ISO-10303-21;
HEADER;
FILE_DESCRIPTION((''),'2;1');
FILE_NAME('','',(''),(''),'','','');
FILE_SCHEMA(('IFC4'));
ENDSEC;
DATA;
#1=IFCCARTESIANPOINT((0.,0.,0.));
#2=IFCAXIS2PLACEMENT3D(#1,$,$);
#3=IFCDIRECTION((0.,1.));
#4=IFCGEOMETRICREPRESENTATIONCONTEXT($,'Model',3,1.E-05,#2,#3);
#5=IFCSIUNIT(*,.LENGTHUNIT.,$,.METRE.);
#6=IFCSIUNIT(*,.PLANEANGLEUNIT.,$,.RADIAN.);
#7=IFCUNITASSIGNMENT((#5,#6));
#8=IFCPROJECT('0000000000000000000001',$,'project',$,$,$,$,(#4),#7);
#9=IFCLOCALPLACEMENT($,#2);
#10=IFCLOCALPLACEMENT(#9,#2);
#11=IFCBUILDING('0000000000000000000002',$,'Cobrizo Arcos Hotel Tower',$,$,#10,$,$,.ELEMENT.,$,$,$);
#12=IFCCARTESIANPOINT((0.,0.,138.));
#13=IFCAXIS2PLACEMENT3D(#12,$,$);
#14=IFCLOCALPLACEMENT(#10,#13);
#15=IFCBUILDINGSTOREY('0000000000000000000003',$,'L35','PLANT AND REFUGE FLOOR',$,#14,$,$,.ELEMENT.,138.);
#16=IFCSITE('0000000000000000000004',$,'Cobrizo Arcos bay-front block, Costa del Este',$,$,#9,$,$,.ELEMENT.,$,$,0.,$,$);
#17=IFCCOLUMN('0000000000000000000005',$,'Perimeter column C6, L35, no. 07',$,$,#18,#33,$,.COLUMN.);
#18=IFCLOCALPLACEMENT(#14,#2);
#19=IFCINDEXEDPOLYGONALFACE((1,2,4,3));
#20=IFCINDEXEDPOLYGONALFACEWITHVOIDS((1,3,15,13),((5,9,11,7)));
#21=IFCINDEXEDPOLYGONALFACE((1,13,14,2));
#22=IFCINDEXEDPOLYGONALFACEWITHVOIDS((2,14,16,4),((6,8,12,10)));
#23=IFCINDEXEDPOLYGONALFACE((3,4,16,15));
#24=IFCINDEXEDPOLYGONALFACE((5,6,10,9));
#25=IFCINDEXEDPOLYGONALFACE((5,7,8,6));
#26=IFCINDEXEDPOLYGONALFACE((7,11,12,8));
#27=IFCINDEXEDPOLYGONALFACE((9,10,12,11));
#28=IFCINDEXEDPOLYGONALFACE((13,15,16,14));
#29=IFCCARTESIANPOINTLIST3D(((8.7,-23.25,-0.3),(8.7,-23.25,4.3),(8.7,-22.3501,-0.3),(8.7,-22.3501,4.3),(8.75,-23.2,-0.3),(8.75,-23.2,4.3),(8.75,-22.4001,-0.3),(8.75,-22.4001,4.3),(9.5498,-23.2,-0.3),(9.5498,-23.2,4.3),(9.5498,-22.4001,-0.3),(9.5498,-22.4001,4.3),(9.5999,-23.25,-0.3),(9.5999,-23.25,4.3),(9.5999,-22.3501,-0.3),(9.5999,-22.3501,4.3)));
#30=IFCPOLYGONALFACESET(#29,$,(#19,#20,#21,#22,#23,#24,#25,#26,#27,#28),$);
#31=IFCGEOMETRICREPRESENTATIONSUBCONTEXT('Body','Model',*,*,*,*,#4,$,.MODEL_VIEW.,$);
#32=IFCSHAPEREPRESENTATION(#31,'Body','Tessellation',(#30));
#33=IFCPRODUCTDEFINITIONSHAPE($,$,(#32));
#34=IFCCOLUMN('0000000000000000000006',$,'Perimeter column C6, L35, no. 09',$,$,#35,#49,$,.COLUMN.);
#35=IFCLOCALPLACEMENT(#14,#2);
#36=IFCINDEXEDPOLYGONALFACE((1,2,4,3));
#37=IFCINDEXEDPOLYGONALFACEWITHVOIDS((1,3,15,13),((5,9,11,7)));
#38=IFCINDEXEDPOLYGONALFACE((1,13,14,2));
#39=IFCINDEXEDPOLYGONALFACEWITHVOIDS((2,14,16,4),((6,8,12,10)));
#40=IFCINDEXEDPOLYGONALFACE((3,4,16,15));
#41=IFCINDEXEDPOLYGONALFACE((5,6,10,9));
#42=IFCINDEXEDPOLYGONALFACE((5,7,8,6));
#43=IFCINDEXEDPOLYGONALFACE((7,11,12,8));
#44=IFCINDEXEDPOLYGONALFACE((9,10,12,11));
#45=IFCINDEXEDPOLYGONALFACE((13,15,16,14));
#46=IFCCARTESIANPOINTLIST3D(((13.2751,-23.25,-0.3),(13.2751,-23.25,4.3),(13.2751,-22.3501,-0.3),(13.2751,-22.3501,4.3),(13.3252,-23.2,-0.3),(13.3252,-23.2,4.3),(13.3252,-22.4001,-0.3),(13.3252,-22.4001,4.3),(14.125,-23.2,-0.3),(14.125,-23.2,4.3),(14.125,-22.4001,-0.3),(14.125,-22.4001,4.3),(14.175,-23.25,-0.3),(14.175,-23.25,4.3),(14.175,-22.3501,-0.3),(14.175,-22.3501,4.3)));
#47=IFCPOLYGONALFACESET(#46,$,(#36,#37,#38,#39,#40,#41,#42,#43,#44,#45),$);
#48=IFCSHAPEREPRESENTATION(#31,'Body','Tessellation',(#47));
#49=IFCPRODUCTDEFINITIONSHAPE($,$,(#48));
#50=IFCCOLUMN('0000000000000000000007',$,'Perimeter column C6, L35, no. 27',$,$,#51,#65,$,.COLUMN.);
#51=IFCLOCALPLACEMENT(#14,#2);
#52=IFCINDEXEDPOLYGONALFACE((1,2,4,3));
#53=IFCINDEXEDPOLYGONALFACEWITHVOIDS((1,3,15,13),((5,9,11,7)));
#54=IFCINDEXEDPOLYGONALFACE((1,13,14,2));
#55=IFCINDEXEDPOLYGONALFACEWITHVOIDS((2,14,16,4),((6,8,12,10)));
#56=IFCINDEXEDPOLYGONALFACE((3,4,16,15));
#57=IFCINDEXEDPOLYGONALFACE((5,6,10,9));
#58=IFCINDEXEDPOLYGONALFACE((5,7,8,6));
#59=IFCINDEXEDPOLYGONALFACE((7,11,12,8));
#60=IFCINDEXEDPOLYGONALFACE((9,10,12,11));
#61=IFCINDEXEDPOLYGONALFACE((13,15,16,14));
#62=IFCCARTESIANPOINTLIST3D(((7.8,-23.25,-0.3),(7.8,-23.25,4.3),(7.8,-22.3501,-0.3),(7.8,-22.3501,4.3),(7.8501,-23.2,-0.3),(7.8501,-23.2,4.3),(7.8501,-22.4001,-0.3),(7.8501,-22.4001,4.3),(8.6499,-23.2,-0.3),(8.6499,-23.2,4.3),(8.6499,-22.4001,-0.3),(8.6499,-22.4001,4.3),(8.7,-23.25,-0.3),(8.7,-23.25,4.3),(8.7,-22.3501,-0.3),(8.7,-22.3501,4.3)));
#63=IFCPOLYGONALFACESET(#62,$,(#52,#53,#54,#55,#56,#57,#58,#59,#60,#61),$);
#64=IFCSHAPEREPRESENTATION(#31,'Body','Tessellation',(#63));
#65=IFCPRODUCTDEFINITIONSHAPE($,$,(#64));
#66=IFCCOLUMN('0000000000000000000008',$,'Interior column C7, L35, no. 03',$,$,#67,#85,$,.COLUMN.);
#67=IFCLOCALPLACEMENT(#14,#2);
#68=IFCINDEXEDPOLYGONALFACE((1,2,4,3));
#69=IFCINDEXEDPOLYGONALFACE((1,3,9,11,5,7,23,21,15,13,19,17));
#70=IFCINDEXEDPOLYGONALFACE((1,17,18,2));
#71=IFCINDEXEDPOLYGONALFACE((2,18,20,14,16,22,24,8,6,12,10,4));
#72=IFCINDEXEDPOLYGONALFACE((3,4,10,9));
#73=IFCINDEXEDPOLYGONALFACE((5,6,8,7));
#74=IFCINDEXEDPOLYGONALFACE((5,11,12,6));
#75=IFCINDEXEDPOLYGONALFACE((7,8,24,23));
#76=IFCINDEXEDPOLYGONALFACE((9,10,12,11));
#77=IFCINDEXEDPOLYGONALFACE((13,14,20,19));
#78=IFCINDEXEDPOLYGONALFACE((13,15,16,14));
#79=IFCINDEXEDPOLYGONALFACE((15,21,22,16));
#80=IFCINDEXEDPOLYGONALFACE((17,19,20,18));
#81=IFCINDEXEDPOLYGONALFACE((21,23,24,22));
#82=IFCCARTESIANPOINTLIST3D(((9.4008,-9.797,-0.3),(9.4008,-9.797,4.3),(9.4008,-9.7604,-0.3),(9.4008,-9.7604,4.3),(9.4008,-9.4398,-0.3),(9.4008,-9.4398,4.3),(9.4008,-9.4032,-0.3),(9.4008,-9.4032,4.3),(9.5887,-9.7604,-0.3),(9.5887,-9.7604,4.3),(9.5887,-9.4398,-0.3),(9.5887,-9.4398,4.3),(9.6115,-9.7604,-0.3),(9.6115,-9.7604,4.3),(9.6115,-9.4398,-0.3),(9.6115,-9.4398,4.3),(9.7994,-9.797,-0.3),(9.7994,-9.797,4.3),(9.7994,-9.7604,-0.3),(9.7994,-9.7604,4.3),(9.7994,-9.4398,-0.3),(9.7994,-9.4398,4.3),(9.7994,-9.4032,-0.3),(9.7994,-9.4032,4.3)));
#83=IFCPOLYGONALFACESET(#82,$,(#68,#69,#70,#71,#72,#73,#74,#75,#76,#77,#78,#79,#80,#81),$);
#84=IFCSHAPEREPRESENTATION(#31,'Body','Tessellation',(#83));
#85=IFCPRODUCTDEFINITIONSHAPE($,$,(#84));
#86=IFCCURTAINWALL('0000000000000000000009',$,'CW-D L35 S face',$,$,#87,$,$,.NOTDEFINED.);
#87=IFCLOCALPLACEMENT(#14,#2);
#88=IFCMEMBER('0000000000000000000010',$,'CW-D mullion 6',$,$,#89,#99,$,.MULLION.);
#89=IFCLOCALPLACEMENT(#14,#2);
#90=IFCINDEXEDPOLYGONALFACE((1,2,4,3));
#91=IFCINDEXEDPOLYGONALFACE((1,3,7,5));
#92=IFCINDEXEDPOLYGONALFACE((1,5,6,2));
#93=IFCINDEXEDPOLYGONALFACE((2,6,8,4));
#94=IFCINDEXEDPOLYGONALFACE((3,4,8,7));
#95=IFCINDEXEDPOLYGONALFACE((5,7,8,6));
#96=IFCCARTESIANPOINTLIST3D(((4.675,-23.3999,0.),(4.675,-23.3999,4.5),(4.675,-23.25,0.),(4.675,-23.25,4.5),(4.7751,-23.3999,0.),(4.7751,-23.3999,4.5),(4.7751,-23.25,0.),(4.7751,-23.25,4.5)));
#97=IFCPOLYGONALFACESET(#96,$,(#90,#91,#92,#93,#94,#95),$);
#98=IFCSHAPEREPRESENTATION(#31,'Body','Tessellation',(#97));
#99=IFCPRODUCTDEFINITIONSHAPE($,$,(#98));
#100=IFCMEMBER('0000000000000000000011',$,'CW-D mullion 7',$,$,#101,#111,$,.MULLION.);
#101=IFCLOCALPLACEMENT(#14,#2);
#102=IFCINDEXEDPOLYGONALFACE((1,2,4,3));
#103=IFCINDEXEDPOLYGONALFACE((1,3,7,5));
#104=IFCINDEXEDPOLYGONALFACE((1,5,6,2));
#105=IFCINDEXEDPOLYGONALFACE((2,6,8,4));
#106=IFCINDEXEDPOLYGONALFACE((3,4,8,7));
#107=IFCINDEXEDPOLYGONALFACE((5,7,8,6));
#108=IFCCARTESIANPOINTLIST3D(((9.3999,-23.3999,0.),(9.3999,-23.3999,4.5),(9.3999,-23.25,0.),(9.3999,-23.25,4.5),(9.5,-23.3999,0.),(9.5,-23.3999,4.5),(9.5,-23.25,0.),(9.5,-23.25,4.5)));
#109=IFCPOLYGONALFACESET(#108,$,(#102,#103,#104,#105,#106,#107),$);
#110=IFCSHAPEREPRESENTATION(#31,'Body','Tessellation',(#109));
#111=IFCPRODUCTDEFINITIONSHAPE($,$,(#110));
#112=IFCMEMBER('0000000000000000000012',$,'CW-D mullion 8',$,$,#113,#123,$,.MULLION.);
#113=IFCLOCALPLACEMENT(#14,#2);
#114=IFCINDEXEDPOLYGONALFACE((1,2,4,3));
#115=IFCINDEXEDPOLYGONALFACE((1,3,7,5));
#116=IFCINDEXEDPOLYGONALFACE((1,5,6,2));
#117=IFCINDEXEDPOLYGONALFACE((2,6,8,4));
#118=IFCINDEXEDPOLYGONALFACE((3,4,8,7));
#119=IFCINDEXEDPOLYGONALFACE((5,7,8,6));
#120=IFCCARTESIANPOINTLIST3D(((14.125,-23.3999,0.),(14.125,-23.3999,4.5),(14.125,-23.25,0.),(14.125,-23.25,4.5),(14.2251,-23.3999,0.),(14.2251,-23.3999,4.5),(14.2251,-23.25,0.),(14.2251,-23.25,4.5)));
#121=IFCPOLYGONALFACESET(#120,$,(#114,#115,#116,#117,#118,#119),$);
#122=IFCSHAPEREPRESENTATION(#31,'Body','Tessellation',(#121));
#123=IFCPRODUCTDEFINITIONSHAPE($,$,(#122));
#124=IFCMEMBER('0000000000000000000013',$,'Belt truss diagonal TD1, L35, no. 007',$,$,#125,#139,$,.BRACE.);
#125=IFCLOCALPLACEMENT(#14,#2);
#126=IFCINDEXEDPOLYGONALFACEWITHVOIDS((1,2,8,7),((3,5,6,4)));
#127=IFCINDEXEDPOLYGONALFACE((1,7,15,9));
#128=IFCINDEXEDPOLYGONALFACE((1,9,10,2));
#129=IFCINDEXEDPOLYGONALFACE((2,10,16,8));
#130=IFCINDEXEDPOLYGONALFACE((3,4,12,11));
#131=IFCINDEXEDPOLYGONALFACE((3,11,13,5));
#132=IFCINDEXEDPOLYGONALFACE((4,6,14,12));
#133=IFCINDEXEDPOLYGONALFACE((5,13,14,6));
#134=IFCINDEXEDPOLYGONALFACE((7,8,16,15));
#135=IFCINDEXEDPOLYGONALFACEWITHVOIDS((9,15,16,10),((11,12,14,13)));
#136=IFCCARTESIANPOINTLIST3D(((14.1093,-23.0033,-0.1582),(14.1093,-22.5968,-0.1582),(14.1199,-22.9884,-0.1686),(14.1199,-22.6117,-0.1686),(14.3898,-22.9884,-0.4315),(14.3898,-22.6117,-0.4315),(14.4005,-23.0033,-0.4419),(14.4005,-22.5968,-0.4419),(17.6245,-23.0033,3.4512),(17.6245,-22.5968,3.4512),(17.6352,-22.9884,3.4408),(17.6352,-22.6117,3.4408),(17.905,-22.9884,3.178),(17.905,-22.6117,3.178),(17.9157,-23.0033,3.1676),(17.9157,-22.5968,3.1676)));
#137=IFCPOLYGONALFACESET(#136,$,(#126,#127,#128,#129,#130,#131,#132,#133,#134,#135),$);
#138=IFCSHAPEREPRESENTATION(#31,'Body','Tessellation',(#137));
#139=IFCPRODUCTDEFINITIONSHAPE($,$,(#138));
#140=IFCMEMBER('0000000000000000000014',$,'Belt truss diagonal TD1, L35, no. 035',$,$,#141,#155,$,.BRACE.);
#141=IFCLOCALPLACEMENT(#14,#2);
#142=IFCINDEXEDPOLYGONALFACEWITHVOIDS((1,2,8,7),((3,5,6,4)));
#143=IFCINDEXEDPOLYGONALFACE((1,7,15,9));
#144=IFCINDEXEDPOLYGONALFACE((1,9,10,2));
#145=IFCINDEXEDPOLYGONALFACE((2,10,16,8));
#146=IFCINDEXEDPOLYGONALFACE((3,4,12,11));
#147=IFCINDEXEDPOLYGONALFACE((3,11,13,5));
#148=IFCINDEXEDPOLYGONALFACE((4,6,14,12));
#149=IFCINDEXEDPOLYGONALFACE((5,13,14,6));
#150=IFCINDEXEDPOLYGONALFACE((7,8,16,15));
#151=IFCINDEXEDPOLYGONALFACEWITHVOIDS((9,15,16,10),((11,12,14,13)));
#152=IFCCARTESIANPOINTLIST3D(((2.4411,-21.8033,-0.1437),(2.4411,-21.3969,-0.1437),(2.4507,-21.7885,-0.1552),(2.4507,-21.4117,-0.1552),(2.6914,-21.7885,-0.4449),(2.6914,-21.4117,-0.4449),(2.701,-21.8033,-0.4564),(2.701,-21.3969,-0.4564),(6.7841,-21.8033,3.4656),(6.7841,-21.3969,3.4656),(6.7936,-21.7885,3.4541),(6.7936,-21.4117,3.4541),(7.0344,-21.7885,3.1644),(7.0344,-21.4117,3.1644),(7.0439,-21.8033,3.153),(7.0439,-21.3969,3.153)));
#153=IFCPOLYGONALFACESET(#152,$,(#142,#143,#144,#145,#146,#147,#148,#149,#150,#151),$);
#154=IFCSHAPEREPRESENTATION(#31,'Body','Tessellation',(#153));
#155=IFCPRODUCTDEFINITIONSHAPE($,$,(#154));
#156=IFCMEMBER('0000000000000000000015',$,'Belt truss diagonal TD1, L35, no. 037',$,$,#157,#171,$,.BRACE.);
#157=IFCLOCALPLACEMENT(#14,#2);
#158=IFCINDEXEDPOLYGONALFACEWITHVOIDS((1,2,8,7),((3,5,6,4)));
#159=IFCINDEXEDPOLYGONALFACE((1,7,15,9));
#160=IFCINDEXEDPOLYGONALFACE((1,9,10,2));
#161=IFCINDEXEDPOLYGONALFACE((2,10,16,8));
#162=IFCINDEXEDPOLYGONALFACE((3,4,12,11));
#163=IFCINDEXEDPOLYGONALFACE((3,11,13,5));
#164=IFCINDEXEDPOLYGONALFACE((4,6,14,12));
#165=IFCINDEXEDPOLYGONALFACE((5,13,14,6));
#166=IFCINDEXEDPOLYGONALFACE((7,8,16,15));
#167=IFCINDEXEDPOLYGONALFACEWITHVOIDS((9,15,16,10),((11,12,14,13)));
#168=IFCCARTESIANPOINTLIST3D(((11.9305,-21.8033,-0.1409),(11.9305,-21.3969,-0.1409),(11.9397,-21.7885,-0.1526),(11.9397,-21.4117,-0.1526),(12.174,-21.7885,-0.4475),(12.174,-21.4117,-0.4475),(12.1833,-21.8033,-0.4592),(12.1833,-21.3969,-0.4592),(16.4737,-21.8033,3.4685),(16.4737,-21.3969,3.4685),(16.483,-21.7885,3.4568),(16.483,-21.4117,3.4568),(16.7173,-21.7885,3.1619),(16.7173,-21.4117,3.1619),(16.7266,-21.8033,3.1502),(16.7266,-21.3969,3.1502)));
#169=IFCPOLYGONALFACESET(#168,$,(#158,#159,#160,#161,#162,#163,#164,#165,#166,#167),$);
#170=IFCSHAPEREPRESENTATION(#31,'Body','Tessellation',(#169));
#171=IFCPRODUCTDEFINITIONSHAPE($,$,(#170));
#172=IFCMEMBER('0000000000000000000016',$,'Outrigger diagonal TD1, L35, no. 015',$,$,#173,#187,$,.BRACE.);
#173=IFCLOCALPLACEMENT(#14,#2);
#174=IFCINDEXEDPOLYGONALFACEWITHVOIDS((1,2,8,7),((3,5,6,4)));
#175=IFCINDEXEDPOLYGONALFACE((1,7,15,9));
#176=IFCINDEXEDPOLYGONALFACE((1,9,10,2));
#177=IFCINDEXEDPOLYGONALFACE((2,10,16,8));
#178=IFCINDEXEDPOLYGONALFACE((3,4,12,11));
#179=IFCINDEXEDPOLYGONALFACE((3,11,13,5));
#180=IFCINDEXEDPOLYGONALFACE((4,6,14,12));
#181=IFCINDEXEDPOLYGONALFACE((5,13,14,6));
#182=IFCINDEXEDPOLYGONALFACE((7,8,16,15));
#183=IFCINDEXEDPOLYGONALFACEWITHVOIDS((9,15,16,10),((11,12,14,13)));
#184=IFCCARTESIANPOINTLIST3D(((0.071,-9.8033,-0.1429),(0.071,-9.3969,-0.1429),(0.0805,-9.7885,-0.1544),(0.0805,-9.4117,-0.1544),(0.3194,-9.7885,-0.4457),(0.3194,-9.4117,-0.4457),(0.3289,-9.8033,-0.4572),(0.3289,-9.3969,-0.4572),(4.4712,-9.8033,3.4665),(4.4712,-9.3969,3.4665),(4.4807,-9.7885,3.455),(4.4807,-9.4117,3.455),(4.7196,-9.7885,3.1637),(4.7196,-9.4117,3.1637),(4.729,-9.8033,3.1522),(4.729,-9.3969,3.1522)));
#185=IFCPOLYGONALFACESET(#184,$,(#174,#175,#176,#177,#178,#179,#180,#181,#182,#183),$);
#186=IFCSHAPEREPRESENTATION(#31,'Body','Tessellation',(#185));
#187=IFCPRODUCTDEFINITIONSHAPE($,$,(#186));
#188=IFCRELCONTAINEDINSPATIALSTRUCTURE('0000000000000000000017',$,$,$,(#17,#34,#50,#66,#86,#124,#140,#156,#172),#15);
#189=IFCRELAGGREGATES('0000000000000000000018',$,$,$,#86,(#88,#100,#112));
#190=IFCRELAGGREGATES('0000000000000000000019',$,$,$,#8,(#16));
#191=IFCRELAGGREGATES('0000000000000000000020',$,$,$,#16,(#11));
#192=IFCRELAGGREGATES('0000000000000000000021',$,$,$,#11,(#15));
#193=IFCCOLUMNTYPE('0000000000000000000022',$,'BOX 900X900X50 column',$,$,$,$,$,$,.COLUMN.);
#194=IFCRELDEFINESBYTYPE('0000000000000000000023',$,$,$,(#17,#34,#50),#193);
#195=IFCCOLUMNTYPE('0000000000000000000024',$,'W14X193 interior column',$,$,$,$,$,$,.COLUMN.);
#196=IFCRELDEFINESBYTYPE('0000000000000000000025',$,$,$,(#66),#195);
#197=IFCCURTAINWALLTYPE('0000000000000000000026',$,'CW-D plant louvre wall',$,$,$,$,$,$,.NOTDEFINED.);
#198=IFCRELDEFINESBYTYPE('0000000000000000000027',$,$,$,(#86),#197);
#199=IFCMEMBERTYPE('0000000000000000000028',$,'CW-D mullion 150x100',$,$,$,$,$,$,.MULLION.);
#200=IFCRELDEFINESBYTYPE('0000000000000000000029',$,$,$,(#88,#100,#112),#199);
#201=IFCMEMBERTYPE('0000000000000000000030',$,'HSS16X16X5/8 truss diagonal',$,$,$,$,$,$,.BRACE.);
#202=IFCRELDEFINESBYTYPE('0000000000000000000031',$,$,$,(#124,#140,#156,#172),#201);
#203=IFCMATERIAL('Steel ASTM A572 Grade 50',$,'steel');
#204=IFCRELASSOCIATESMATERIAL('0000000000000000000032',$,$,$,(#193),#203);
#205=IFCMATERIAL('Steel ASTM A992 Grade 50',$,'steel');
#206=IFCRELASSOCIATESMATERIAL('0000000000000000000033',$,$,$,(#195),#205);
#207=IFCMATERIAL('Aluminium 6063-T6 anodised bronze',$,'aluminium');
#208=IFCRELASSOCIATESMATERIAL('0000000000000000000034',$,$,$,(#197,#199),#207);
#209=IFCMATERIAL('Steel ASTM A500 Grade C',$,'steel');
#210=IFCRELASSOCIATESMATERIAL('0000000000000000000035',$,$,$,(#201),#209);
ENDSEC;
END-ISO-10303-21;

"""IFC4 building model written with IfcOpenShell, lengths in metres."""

from ifc_helpers import new_model, si_unit, direction, frame, origin, origin_2d, place, context, subcontext, project, spatial, rectangle, hollow_rectangle, i_section, extrude, material, material_profile, profile_set, type_object, element, aggregate, save


model = new_model("IFC4")

# Units and contexts
model_context = context("Model", 3, precision=1e-05, world=origin(), true_north=direction((0.0, 1.0)))
body_context = subcontext(model_context, "Body", "Model", "MODEL_VIEW")
ifc_project = project(units=[si_unit("LENGTHUNIT", "METRE"), si_unit("PLANEANGLEUNIT", "RADIAN")], contexts=[model_context])

# Site, building, storey
site_placement = place(None, origin())
site = spatial("IfcSite", under=ifc_project, at=site_placement, Name="Cobrizo Arcos bay-front block, Costa del Este", CompositionType="ELEMENT", RefElevation=0.0)
building_placement = place(site_placement, origin())
building = spatial("IfcBuilding", under=site, at=building_placement, Name="Cobrizo Arcos Hotel Tower", CompositionType="ELEMENT")
storey_placement = place(building_placement, frame((0.0, 0.0, 138.0)))
storey = spatial("IfcBuildingStorey", under=building, at=storey_placement, Name="L35", Description="PLANT AND REFUGE FLOOR", CompositionType="ELEMENT", Elevation=138.0)

# Columns
ifc_material_1 = material(Name="Steel ASTM A572 Grade 50", Category="steel")
ifc_material_profile_1 = material_profile(ifc_material_1, hollow_rectangle(XDim=0.8999, YDim=0.8999, WallThickness=0.05, at=origin_2d()), Name="BOX 900X900X50")
ifc_profile_set_1 = profile_set([ifc_material_profile_1], Name="Steel ASTM A572 Grade 50")
column_type_1 = type_object("IfcColumnType", Name="BOX 900X900X50 column", PredefinedType="COLUMN", material=ifc_profile_set_1)
for number, where, z_axis, x_axis, name in (
    (1, (9.1499, -22.8, -0.3), (0.0, 0.0, 1.0), (1.0, 0.0, 0.0), "Perimeter column C6, L35, no. 07"),
    (2, (13.7251, -22.8, -0.3), (0.0, 0.0, 1.0), (1.0, 0.0, 0.0), "Perimeter column C6, L35, no. 09"),
    (3, (8.25, -22.8, -0.3), (0.0, 0.0, 1.0), (1.0, 0.0, 0.0), "Perimeter column C6, L35, no. 27"),
):
    element("IfcColumn", number, at=place(storey_placement, frame(where, z_axis=z_axis, x_axis=x_axis)), inside=storey, type_object=column_type_1, Name=name, PredefinedType="COLUMN", context=body_context, shape_type="SweptSolid", body=[
        extrude(hollow_rectangle(XDim=0.8999, YDim=0.8999, WallThickness=0.05, at=origin_2d()), origin(), (0.0, 0.0, 1.0), 4.6001),
    ])
ifc_material_2 = material(Name="Steel ASTM A992 Grade 50", Category="steel")
ifc_material_profile_2 = material_profile(ifc_material_2, i_section(OverallWidth=0.3987, OverallDepth=0.3938, WebThickness=0.0227, FlangeThickness=0.0366, at=origin_2d()), Name="W14X193")
ifc_profile_set_2 = profile_set([ifc_material_profile_2], Name="Steel ASTM A992 Grade 50")
column_type_2 = type_object("IfcColumnType", Name="W14X193 interior column", PredefinedType="COLUMN", material=ifc_profile_set_2)
column_placement = place(storey_placement, frame((9.6001, -9.6001, -0.3), z_axis=(0.0, 0.0, 1.0), x_axis=(1.0, 0.0, 0.0)))
element("IfcColumn", 4, at=column_placement, inside=storey, type_object=column_type_2, Name="Interior column C7, L35, no. 03", PredefinedType="COLUMN", context=body_context, shape_type="SweptSolid", body=[
    extrude(i_section(OverallWidth=0.3987, OverallDepth=0.3938, WebThickness=0.0227, FlangeThickness=0.0366, at=origin_2d()), origin(), (0.0, 0.0, 1.0), 4.6001),
])

# Curtain wall, members
ifc_material_3 = material(Name="Aluminium 6063-T6 anodised bronze", Category="aluminium")
curtain_wall_type = type_object("IfcCurtainWallType", Name="CW-D plant louvre wall", PredefinedType="NOTDEFINED", material=ifc_material_3)
curtain_wall_placement = place(storey_placement, origin())
curtain_wall = element("IfcCurtainWall", 5, at=curtain_wall_placement, inside=storey, type_object=curtain_wall_type, Name="CW-D L35 S face", PredefinedType="NOTDEFINED")
ifc_material_profile_3 = material_profile(ifc_material_3, rectangle(XDim=0.1499, YDim=0.1001, at=origin_2d()), Name="CW-D mullion 150x100")
ifc_profile_set_3 = profile_set([ifc_material_profile_3], Name="Aluminium 6063-T6 anodised bronze")
member_type_1 = type_object("IfcMemberType", Name="CW-D mullion 150x100", PredefinedType="MULLION", material=ifc_profile_set_3)
member_1_placement = place(storey_placement, frame((4.7251, -23.325, 0.0), z_axis=(0.0, 0.0, 1.0), x_axis=(0.0, -1.0, 0.0)))
member_1 = element("IfcMember", 6, at=member_1_placement, type_object=member_type_1, Name="CW-D mullion 6", PredefinedType="MULLION", context=body_context, shape_type="SweptSolid", body=[
    extrude(rectangle(XDim=0.1499, YDim=0.1001, at=origin_2d()), origin(), (0.0, 0.0, 1.0), 4.5),
])
member_2_placement = place(storey_placement, frame((9.45, -23.325, 0.0), z_axis=(0.0, 0.0, 1.0), x_axis=(0.0, -1.0, 0.0)))
member_2 = element("IfcMember", 7, at=member_2_placement, type_object=member_type_1, Name="CW-D mullion 7", PredefinedType="MULLION", context=body_context, shape_type="SweptSolid", body=[
    extrude(rectangle(XDim=0.1499, YDim=0.1001, at=origin_2d()), origin(), (0.0, 0.0, 1.0), 4.5),
])
member_3_placement = place(storey_placement, frame((14.175, -23.325, 0.0), z_axis=(0.0, 0.0, 1.0), x_axis=(0.0, -1.0, 0.0)))
member_3 = element("IfcMember", 8, at=member_3_placement, type_object=member_type_1, Name="CW-D mullion 8", PredefinedType="MULLION", context=body_context, shape_type="SweptSolid", body=[
    extrude(rectangle(XDim=0.1499, YDim=0.1001, at=origin_2d()), origin(), (0.0, 0.0, 1.0), 4.5),
])

# Members
ifc_material_4 = material(Name="Steel ASTM A500 Grade C", Category="steel")
ifc_material_profile_4 = material_profile(ifc_material_4, hollow_rectangle(XDim=0.4065, YDim=0.4065, WallThickness=0.0149, at=origin_2d()), Name="HSS16X16X5/8")
ifc_profile_set_4 = profile_set([ifc_material_profile_4], Name="Steel ASTM A500 Grade C")
member_type_2 = type_object("IfcMemberType", Name="HSS16X16X5/8 truss diagonal", PredefinedType="BRACE", material=ifc_profile_set_4)
member_4_placement = place(storey_placement, frame((14.2549, -22.8, -0.3), z_axis=(0.697693, 0.0, 0.716397), x_axis=(0.0, 1.0, 0.0)))
element("IfcMember", 9, at=member_4_placement, inside=storey, type_object=member_type_2, Name="Belt truss diagonal TD1, L35, no. 007", PredefinedType="BRACE", context=body_context, shape_type="SweptSolid", body=[
    extrude(hollow_rectangle(XDim=0.4065, YDim=0.4065, WallThickness=0.0149, at=origin_2d()), origin(), (0.0, 0.0, 1.0), 5.0383),
])
member_5_placement = place(storey_placement, frame((2.571, -21.6001, -0.3), z_axis=(0.769075, 0.0, 0.639159), x_axis=(0.0, 1.0, 0.0)))
element("IfcMember", 10, at=member_5_placement, inside=storey, type_object=member_type_2, Name="Belt truss diagonal TD1, L35, no. 035", PredefinedType="BRACE", context=body_context, shape_type="SweptSolid", body=[
    extrude(hollow_rectangle(XDim=0.4065, YDim=0.4065, WallThickness=0.0149, at=origin_2d()), origin(), (0.0, 0.0, 1.0), 5.647),
])
member_6_placement = place(storey_placement, frame((12.0569, -21.6001, -0.3), z_axis=(0.782982, 0.0, 0.622044), x_axis=(0.0, 1.0, 0.0)))
element("IfcMember", 11, at=member_6_placement, inside=storey, type_object=member_type_2, Name="Belt truss diagonal TD1, L35, no. 037", PredefinedType="BRACE", context=body_context, shape_type="SweptSolid", body=[
    extrude(hollow_rectangle(XDim=0.4065, YDim=0.4065, WallThickness=0.0149, at=origin_2d()), origin(), (0.0, 0.0, 1.0), 5.8025),
])
member_7_placement = place(storey_placement, frame((0.2, -9.6001, -0.3), z_axis=(0.77316, 0.0, 0.634211), x_axis=(0.0, 1.0, 0.0)))
element("IfcMember", 12, at=member_7_placement, inside=storey, type_object=member_type_2, Name="Outrigger diagonal TD1, L35, no. 015", PredefinedType="BRACE", context=body_context, shape_type="SweptSolid", body=[
    extrude(hollow_rectangle(XDim=0.4065, YDim=0.4065, WallThickness=0.0149, at=origin_2d()), origin(), (0.0, 0.0, 1.0), 5.6912),
])

aggregate(curtain_wall, [member_1, member_2, member_3])

save(model, "model.ifc")
